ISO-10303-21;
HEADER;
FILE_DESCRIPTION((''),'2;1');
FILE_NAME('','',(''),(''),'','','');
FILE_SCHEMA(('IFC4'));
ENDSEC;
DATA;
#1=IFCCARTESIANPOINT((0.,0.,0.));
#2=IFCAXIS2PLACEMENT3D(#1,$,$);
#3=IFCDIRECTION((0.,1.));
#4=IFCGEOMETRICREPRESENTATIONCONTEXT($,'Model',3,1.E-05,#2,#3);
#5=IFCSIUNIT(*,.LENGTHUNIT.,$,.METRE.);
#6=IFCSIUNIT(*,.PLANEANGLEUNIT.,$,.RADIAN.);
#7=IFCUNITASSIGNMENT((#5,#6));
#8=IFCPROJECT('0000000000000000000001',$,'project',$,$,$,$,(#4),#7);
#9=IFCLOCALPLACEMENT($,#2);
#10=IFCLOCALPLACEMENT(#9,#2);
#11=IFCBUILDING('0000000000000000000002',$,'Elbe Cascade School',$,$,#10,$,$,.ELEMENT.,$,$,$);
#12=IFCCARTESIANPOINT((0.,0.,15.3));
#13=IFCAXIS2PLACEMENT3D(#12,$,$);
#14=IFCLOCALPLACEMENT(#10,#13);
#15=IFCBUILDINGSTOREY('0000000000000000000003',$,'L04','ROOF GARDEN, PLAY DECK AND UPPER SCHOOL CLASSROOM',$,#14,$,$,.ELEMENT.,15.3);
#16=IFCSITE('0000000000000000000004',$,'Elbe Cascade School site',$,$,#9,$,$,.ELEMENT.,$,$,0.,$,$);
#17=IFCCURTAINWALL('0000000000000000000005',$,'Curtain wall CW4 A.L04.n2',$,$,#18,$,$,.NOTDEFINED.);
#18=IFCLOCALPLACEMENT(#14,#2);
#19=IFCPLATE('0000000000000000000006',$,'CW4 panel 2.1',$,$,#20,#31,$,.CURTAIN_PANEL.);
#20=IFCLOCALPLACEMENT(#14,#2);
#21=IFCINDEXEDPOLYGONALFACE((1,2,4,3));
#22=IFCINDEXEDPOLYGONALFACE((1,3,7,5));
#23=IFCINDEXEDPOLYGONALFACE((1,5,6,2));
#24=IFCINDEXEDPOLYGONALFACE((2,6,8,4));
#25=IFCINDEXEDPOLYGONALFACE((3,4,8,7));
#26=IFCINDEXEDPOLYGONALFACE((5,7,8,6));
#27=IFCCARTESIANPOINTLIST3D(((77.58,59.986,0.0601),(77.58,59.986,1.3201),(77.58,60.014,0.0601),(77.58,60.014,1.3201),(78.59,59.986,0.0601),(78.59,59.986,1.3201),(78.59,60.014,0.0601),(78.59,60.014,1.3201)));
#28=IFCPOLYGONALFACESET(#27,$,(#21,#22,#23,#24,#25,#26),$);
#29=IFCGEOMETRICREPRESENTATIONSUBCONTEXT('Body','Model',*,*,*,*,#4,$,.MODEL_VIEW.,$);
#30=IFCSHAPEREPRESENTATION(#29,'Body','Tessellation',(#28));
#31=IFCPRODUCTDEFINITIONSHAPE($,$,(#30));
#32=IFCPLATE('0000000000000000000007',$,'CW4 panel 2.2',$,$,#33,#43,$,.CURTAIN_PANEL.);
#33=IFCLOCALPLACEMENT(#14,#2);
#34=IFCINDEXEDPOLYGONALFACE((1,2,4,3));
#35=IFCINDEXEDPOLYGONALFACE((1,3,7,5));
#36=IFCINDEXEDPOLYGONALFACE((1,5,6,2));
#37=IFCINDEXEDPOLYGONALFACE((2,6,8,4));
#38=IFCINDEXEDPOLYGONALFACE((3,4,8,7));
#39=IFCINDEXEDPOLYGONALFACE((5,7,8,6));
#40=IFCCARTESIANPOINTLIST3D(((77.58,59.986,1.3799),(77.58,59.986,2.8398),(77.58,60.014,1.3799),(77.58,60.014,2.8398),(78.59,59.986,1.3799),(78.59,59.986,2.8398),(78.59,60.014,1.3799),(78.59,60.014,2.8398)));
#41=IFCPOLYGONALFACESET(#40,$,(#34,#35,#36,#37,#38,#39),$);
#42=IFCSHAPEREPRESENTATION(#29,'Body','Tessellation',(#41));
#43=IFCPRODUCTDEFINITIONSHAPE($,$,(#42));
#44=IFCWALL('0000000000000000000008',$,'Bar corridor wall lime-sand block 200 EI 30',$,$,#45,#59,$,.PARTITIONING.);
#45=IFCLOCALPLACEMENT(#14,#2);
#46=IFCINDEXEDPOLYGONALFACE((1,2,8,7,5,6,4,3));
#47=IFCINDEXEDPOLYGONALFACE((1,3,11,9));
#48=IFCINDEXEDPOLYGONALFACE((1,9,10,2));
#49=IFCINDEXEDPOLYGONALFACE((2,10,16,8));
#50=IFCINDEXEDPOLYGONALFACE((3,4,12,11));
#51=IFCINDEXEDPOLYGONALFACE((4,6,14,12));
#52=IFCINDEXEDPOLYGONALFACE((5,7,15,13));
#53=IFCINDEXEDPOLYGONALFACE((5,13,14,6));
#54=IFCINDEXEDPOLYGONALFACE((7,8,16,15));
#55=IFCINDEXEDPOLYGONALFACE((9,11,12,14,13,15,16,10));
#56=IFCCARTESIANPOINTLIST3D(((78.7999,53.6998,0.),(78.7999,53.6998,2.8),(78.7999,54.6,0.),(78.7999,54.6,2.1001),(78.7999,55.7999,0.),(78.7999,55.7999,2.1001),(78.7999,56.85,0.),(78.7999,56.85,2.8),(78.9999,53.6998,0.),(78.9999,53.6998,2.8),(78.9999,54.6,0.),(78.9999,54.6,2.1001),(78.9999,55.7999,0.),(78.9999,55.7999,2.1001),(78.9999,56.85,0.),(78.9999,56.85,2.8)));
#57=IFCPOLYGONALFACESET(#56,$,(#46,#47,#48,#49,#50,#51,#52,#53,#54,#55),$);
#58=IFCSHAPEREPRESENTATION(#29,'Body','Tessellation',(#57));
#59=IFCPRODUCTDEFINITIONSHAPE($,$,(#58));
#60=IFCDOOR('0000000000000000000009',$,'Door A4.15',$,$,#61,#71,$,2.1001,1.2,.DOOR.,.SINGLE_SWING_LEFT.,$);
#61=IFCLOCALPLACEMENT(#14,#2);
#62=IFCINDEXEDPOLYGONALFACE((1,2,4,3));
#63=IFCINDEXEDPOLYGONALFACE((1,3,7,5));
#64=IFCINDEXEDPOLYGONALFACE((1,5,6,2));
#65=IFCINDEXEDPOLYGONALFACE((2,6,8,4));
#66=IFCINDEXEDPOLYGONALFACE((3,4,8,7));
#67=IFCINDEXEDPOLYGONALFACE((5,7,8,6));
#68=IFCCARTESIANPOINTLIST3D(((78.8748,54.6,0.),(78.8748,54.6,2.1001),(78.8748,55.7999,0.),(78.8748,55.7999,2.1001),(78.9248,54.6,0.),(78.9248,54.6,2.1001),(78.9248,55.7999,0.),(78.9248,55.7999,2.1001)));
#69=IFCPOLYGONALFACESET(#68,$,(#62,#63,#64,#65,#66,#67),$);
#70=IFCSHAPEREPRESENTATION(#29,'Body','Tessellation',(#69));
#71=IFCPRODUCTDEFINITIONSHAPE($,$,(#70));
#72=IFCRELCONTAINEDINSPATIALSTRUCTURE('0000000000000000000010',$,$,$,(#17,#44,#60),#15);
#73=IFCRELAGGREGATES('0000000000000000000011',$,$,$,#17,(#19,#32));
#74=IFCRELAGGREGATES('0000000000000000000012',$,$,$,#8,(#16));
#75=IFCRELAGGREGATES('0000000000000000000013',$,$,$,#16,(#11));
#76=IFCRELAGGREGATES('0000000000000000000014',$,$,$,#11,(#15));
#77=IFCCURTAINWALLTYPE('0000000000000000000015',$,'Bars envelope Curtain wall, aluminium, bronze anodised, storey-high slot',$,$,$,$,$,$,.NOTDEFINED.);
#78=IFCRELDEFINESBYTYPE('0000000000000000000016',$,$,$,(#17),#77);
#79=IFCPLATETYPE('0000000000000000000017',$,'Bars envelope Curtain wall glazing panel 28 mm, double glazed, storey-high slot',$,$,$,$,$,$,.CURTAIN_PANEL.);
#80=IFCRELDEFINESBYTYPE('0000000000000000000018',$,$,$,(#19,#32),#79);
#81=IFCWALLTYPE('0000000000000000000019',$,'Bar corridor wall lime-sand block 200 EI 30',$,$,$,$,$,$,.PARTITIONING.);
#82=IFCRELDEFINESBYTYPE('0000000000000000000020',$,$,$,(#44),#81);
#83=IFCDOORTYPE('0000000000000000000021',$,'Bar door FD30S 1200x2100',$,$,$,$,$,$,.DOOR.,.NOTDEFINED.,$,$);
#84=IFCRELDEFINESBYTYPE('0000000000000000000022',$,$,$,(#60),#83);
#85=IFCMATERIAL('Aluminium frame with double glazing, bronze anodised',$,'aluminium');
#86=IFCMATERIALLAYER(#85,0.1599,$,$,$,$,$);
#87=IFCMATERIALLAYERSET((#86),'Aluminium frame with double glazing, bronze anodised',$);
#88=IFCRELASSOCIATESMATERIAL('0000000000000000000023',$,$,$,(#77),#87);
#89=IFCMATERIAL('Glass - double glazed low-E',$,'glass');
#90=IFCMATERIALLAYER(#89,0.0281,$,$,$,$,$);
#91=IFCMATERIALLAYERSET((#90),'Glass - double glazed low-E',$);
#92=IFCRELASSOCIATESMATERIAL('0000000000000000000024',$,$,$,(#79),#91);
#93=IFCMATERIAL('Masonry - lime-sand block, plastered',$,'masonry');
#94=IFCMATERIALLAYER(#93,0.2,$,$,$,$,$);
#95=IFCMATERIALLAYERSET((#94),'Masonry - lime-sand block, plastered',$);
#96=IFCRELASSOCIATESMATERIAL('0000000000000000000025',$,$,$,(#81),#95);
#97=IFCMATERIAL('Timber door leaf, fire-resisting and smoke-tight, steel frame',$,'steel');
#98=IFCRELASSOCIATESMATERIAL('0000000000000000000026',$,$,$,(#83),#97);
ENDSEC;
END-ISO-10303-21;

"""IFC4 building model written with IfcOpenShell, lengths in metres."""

from ifc_helpers import new_model, si_unit, direction, frame, frame_2d, origin, origin_2d, place, context, subcontext, project, spatial, rectangle, extrude, material, layer, layer_set, type_object, element, fill, aggregate, save


model = new_model("IFC4")

# Units and contexts
model_context = context("Model", 3, precision=1e-05, world=origin(), true_north=direction((0.0, 1.0)))
body_context = subcontext(model_context, "Body", "Model", "MODEL_VIEW")
ifc_project = project(units=[si_unit("LENGTHUNIT", "METRE"), si_unit("PLANEANGLEUNIT", "RADIAN")], contexts=[model_context])

# Site, building, storey
site_placement = place(None, origin())
site = spatial("IfcSite", under=ifc_project, at=site_placement, Name="Elbe Cascade School site", CompositionType="ELEMENT", RefElevation=0.0)
building_placement = place(site_placement, origin())
building = spatial("IfcBuilding", under=site, at=building_placement, Name="Elbe Cascade School", CompositionType="ELEMENT")
storey_placement = place(building_placement, frame((0.0, 0.0, 15.3)))
storey = spatial("IfcBuildingStorey", under=building, at=storey_placement, Name="L04", Description="ROOF GARDEN, PLAY DECK AND UPPER SCHOOL CLASSROOM", CompositionType="ELEMENT", Elevation=15.3)

# Curtain wall
ifc_material_1 = material(Name="Aluminium frame with double glazing, bronze anodised", Category="aluminium")
ifc_layer_1 = layer(ifc_material_1, 0.1599)
ifc_layer_set_1 = layer_set([ifc_layer_1], Name="Aluminium frame with double glazing, bronze anodised")
curtain_wall_type = type_object("IfcCurtainWallType", Name="Bars envelope Curtain wall, aluminium, bronze anodised, storey-high slot", PredefinedType="NOTDEFINED", material=ifc_layer_set_1)
curtain_wall_placement = place(storey_placement, origin())
curtain_wall = element("IfcCurtainWall", 1, at=curtain_wall_placement, inside=storey, type_object=curtain_wall_type, Name="Curtain wall CW4 A.L04.n2", PredefinedType="NOTDEFINED")

# Plates
ifc_material_2 = material(Name="Glass - double glazed low-E", Category="glass")
ifc_layer_2 = layer(ifc_material_2, 0.0281)
ifc_layer_set_2 = layer_set([ifc_layer_2], Name="Glass - double glazed low-E")
plate_type = type_object("IfcPlateType", Name="Bars envelope Curtain wall glazing panel 28 mm, double glazed, storey-high slot", PredefinedType="CURTAIN_PANEL", material=ifc_layer_set_2)
plate_1_placement = place(storey_placement, frame((78.085, 60.0, 0.0601), z_axis=(0.0, 0.0, 1.0), x_axis=(1.0, 0.0, 0.0)))
plate_1 = element("IfcPlate", 2, at=plate_1_placement, type_object=plate_type, Name="CW4 panel 2.1", PredefinedType="CURTAIN_PANEL", context=body_context, shape_type="SweptSolid", body=[
    extrude(rectangle(XDim=1.01, YDim=0.0281, at=origin_2d()), origin(), (0.0, 0.0, 1.0), 1.26),
])
plate_2_placement = place(storey_placement, frame((78.085, 60.0, 1.3799), z_axis=(0.0, 0.0, 1.0), x_axis=(1.0, 0.0, 0.0)))
plate_2 = element("IfcPlate", 3, at=plate_2_placement, type_object=plate_type, Name="CW4 panel 2.2", PredefinedType="CURTAIN_PANEL", context=body_context, shape_type="SweptSolid", body=[
    extrude(rectangle(XDim=1.01, YDim=0.0281, at=origin_2d()), origin(), (0.0, 0.0, 1.0), 1.46),
])
aggregate(curtain_wall, [plate_1, plate_2])

# Wall, opening, door
ifc_material_3 = material(Name="Masonry - lime-sand block, plastered", Category="masonry")
ifc_layer_3 = layer(ifc_material_3, 0.2)
ifc_layer_set_3 = layer_set([ifc_layer_3], Name="Masonry - lime-sand block, plastered")
wall_type = type_object("IfcWallType", Name="Bar corridor wall lime-sand block 200 EI 30", PredefinedType="PARTITIONING", material=ifc_layer_set_3)
wall_placement = place(storey_placement, frame((78.8999, 56.8501, 0.0), z_axis=(0.0, 0.0, 1.0), x_axis=(0.0, -1.0, 0.0)))
wall = element("IfcWall", 4, at=wall_placement, inside=storey, type_object=wall_type, Name="Bar corridor wall lime-sand block 200 EI 30", PredefinedType="PARTITIONING", context=body_context, shape_type="SweptSolid", body=[
    extrude(rectangle(XDim=3.1501, YDim=0.2, at=frame_2d((1.5752, 0.0))), origin(), (0.0, 0.0, 1.0), 2.8),
])
opening_placement = place(wall_placement, frame((1.05, 0.0, 0.0)))
opening = element("IfcOpeningElement", 5, at=opening_placement, cuts=wall, PredefinedType="OPENING", context=body_context, shape_type="SweptSolid", body=[
    extrude(rectangle(XDim=1.2, YDim=2.1001, at=frame_2d((0.6001, 1.05))), frame((0.0, 0.1099, 0.0), z_axis=(0.0, -1.0, 0.0), x_axis=(1.0, 0.0, 0.0)), (0.0, 0.0, 1.0), 0.22),
])
ifc_material_4 = material(Name="Timber door leaf, fire-resisting and smoke-tight, steel frame", Category="steel")
door_type = type_object("IfcDoorType", Name="Bar door FD30S 1200x2100", OperationType="NOTDEFINED", PredefinedType="DOOR", material=ifc_material_4)
door_placement = place(opening_placement, origin())
door = element("IfcDoor", 6, at=door_placement, inside=storey, type_object=door_type, Name="Door A4.15", OperationType="SINGLE_SWING_LEFT", OverallHeight=2.1001, OverallWidth=1.2, PredefinedType="DOOR", context=body_context, shape_type="SweptSolid", body=[
    extrude(rectangle(XDim=1.2, YDim=2.1001, at=frame_2d((0.6001, 1.05))), frame((0.0, 0.0249, 0.0), z_axis=(0.0, -1.0, 0.0), x_axis=(1.0, 0.0, 0.0)), (0.0, 0.0, 1.0), 0.05),
])
fill(opening, door)

save(model, "model.ifc")
